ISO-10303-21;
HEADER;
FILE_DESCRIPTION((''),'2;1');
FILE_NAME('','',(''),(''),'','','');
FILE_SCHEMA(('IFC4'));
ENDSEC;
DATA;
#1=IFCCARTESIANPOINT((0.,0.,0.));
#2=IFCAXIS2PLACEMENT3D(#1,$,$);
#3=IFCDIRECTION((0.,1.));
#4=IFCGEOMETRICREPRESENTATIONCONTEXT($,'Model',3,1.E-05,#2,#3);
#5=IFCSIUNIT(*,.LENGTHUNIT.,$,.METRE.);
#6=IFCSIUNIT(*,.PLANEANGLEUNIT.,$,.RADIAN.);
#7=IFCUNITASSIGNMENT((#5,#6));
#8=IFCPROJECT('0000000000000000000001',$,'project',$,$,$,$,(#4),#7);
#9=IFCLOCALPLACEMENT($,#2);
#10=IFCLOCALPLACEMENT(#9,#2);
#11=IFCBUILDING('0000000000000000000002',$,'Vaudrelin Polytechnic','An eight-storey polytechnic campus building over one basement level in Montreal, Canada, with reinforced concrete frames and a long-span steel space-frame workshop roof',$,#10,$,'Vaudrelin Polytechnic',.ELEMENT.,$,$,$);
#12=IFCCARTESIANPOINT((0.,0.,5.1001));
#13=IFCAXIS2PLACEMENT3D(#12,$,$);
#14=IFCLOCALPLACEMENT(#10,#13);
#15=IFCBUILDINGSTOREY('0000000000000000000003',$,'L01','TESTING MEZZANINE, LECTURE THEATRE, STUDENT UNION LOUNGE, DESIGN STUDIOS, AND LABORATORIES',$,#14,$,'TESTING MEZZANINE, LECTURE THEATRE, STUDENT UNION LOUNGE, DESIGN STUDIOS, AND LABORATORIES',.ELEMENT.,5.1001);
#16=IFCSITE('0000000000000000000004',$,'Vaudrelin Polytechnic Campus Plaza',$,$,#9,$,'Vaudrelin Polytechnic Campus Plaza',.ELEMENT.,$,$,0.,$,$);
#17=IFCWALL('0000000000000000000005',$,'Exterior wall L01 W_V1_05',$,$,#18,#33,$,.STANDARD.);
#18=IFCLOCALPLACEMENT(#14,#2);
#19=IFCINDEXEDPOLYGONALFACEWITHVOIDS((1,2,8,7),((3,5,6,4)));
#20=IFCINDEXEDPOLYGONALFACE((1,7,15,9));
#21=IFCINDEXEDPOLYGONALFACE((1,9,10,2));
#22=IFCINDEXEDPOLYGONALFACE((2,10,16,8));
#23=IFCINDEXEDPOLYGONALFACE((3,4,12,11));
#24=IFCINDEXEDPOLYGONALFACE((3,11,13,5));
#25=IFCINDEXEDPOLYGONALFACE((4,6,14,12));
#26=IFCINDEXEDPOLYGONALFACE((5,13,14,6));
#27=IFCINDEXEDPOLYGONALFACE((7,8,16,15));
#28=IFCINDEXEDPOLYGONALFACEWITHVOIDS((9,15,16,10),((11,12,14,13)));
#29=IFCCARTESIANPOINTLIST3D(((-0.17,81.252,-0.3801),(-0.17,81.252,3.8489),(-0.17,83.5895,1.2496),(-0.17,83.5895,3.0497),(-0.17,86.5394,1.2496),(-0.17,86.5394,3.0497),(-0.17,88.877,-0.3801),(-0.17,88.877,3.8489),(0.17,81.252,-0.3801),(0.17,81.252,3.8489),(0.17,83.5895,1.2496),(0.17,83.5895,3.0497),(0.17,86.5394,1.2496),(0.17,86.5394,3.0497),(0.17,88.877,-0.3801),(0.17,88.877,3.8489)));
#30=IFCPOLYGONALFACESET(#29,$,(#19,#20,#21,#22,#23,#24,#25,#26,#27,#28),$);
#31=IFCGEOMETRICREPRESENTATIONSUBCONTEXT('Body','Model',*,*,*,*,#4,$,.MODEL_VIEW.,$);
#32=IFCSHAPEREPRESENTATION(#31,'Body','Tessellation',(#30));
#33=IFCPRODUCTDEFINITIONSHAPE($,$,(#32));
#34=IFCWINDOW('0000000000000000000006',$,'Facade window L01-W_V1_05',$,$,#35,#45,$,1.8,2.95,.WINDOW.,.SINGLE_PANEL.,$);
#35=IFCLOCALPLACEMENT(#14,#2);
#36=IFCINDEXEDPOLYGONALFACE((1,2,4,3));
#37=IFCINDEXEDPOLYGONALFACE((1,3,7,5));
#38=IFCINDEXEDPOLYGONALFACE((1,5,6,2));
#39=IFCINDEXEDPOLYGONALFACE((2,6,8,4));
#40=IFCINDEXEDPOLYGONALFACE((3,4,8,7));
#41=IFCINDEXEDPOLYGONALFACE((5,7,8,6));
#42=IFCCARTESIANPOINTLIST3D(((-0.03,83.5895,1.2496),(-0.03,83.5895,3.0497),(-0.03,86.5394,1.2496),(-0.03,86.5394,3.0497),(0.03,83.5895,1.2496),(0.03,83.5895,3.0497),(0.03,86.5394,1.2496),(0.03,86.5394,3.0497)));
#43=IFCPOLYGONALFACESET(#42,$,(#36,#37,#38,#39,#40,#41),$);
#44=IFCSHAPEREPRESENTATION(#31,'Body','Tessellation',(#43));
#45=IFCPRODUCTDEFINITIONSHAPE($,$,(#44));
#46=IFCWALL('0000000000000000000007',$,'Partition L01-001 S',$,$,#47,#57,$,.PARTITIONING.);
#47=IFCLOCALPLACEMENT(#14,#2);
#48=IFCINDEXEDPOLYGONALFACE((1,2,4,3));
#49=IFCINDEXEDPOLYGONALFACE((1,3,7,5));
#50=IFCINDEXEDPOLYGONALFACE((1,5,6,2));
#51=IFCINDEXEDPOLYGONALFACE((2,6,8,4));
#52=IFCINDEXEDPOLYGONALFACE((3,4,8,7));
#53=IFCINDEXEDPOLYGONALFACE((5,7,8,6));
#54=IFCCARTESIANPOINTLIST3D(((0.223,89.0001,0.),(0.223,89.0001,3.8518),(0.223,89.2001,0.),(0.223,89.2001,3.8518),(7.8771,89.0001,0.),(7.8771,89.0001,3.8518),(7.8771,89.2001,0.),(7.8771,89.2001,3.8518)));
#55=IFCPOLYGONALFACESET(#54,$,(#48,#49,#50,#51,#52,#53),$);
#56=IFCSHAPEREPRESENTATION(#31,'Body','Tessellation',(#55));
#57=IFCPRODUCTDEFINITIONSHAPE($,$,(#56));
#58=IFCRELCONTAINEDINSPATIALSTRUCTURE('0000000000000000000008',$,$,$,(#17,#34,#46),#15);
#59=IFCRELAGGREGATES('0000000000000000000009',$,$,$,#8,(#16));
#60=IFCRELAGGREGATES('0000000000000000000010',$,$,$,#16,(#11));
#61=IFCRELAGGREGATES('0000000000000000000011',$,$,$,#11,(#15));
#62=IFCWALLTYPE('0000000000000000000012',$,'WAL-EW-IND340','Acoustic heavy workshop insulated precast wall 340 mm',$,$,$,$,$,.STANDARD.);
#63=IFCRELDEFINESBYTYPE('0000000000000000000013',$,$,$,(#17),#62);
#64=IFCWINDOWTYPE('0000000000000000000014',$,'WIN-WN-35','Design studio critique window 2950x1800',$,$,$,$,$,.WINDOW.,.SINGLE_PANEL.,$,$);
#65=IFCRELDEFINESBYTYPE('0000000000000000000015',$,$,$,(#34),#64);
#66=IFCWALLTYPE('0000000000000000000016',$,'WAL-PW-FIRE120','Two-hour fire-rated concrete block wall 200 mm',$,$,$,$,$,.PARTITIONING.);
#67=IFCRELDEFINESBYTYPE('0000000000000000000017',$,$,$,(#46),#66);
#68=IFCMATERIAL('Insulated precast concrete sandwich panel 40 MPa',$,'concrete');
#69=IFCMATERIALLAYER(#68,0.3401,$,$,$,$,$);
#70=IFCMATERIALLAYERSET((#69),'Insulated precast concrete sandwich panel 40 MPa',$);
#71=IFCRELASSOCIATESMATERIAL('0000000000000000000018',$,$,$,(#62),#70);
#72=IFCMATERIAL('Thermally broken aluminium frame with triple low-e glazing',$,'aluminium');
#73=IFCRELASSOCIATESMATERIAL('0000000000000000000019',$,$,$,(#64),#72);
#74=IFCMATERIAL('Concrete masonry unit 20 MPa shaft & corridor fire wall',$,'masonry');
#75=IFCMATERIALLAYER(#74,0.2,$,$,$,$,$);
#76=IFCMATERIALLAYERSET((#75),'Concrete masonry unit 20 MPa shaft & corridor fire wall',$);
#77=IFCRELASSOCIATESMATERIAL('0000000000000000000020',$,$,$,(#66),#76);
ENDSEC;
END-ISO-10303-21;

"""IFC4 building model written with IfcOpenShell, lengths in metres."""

from ifc_helpers import new_model, si_unit, direction, frame, frame_2d, origin, place, context, subcontext, project, spatial, rectangle, extrude, material, layer, layer_set, type_object, element, fill, save


model = new_model("IFC4")

# Units and contexts
model_context = context("Model", 3, precision=1e-05, world=origin(), true_north=direction((0.0, 1.0)))
body_context = subcontext(model_context, "Body", "Model", "MODEL_VIEW")
ifc_project = project(units=[si_unit("LENGTHUNIT", "METRE"), si_unit("PLANEANGLEUNIT", "RADIAN")], contexts=[model_context])

# Site, building, storey
site_placement = place(None, origin())
site = spatial("IfcSite", under=ifc_project, at=site_placement, Name="Vaudrelin Polytechnic Campus Plaza", LongName="Vaudrelin Polytechnic Campus Plaza", CompositionType="ELEMENT", RefElevation=0.0)
building_placement = place(site_placement, origin())
building = spatial("IfcBuilding", under=site, at=building_placement, Name="Vaudrelin Polytechnic", Description="An eight-storey polytechnic campus building over one basement level in Montreal, Canada, with reinforced concrete frames and a long-span steel space-frame workshop roof", LongName="Vaudrelin Polytechnic", CompositionType="ELEMENT")
storey_placement = place(building_placement, frame((0.0, 0.0, 5.1001)))
storey = spatial("IfcBuildingStorey", under=building, at=storey_placement, Name="L01", Description="TESTING MEZZANINE, LECTURE THEATRE, STUDENT UNION LOUNGE, DESIGN STUDIOS, AND LABORATORIES", LongName="TESTING MEZZANINE, LECTURE THEATRE, STUDENT UNION LOUNGE, DESIGN STUDIOS, AND LABORATORIES", CompositionType="ELEMENT", Elevation=5.1001)

# Wall, opening, window
ifc_material_1 = material(Name="Insulated precast concrete sandwich panel 40 MPa", Category="concrete")
ifc_layer_1 = layer(ifc_material_1, 0.3401)
ifc_layer_set_1 = layer_set([ifc_layer_1], Name="Insulated precast concrete sandwich panel 40 MPa")
wall_type_1 = type_object("IfcWallType", Name="WAL-EW-IND340", Description="Acoustic heavy workshop insulated precast wall 340 mm", PredefinedType="STANDARD", material=ifc_layer_set_1)
wall_1_placement = place(storey_placement, frame((0.0, 81.252, -0.3801), z_axis=(0.0, 0.0, 1.0), x_axis=(0.0, 1.0, 0.0)))
wall_1 = element("IfcWall", 1, at=wall_1_placement, inside=storey, type_object=wall_type_1, Name="Exterior wall L01 W_V1_05", PredefinedType="STANDARD", context=body_context, shape_type="SweptSolid", body=[
    extrude(rectangle(XDim=7.625, YDim=0.3401, at=frame_2d((3.8125, 0.0))), origin(), (0.0, 0.0, 1.0), 4.229),
])
opening_placement = place(wall_1_placement, frame((2.3374, 0.0, 1.6299)))
opening = element("IfcOpeningElement", 2, at=opening_placement, cuts=wall_1, PredefinedType="OPENING", context=body_context, shape_type="SweptSolid", body=[
    extrude(rectangle(XDim=2.95, YDim=1.8, at=frame_2d((1.4751, 0.8999))), frame((0.0, 0.1802, 0.0), z_axis=(0.0, -1.0, 0.0), x_axis=(1.0, 0.0, 0.0)), (0.0, 0.0, 1.0), 0.3601),
])
ifc_material_2 = material(Name="Thermally broken aluminium frame with triple low-e glazing", Category="aluminium")
window_type = type_object("IfcWindowType", Name="WIN-WN-35", Description="Design studio critique window 2950x1800", PartitioningType="SINGLE_PANEL", PredefinedType="WINDOW", material=ifc_material_2)
window_placement = place(opening_placement, origin())
window = element("IfcWindow", 3, at=window_placement, inside=storey, type_object=window_type, Name="Facade window L01-W_V1_05", OverallHeight=1.8, OverallWidth=2.95, PartitioningType="SINGLE_PANEL", PredefinedType="WINDOW", context=body_context, shape_type="SweptSolid", body=[
    extrude(rectangle(XDim=2.95, YDim=1.8, at=frame_2d((1.4751, 0.8999))), frame((0.0, 0.03, 0.0), z_axis=(0.0, -1.0, 0.0), x_axis=(1.0, 0.0, 0.0)), (0.0, 0.0, 1.0), 0.0601),
])
fill(opening, window)

# Wall
ifc_material_3 = material(Name="Concrete masonry unit 20 MPa shaft & corridor fire wall", Category="masonry")
ifc_layer_2 = layer(ifc_material_3, 0.2)
ifc_layer_set_2 = layer_set([ifc_layer_2], Name="Concrete masonry unit 20 MPa shaft & corridor fire wall")
wall_type_2 = type_object("IfcWallType", Name="WAL-PW-FIRE120", Description="Two-hour fire-rated concrete block wall 200 mm", PredefinedType="PARTITIONING", material=ifc_layer_set_2)
wall_2_placement = place(storey_placement, frame((0.2229, 89.1001, 0.0), z_axis=(0.0, 0.0, 1.0), x_axis=(1.0, 0.0, 0.0)))
element("IfcWall", 4, at=wall_2_placement, inside=storey, type_object=wall_type_2, Name="Partition L01-001 S", PredefinedType="PARTITIONING", context=body_context, shape_type="SweptSolid", body=[
    extrude(rectangle(XDim=7.6541, YDim=0.2, at=frame_2d((3.8271, 0.0))), origin(), (0.0, 0.0, 1.0), 3.8518),
])

save(model, "model.ifc")
